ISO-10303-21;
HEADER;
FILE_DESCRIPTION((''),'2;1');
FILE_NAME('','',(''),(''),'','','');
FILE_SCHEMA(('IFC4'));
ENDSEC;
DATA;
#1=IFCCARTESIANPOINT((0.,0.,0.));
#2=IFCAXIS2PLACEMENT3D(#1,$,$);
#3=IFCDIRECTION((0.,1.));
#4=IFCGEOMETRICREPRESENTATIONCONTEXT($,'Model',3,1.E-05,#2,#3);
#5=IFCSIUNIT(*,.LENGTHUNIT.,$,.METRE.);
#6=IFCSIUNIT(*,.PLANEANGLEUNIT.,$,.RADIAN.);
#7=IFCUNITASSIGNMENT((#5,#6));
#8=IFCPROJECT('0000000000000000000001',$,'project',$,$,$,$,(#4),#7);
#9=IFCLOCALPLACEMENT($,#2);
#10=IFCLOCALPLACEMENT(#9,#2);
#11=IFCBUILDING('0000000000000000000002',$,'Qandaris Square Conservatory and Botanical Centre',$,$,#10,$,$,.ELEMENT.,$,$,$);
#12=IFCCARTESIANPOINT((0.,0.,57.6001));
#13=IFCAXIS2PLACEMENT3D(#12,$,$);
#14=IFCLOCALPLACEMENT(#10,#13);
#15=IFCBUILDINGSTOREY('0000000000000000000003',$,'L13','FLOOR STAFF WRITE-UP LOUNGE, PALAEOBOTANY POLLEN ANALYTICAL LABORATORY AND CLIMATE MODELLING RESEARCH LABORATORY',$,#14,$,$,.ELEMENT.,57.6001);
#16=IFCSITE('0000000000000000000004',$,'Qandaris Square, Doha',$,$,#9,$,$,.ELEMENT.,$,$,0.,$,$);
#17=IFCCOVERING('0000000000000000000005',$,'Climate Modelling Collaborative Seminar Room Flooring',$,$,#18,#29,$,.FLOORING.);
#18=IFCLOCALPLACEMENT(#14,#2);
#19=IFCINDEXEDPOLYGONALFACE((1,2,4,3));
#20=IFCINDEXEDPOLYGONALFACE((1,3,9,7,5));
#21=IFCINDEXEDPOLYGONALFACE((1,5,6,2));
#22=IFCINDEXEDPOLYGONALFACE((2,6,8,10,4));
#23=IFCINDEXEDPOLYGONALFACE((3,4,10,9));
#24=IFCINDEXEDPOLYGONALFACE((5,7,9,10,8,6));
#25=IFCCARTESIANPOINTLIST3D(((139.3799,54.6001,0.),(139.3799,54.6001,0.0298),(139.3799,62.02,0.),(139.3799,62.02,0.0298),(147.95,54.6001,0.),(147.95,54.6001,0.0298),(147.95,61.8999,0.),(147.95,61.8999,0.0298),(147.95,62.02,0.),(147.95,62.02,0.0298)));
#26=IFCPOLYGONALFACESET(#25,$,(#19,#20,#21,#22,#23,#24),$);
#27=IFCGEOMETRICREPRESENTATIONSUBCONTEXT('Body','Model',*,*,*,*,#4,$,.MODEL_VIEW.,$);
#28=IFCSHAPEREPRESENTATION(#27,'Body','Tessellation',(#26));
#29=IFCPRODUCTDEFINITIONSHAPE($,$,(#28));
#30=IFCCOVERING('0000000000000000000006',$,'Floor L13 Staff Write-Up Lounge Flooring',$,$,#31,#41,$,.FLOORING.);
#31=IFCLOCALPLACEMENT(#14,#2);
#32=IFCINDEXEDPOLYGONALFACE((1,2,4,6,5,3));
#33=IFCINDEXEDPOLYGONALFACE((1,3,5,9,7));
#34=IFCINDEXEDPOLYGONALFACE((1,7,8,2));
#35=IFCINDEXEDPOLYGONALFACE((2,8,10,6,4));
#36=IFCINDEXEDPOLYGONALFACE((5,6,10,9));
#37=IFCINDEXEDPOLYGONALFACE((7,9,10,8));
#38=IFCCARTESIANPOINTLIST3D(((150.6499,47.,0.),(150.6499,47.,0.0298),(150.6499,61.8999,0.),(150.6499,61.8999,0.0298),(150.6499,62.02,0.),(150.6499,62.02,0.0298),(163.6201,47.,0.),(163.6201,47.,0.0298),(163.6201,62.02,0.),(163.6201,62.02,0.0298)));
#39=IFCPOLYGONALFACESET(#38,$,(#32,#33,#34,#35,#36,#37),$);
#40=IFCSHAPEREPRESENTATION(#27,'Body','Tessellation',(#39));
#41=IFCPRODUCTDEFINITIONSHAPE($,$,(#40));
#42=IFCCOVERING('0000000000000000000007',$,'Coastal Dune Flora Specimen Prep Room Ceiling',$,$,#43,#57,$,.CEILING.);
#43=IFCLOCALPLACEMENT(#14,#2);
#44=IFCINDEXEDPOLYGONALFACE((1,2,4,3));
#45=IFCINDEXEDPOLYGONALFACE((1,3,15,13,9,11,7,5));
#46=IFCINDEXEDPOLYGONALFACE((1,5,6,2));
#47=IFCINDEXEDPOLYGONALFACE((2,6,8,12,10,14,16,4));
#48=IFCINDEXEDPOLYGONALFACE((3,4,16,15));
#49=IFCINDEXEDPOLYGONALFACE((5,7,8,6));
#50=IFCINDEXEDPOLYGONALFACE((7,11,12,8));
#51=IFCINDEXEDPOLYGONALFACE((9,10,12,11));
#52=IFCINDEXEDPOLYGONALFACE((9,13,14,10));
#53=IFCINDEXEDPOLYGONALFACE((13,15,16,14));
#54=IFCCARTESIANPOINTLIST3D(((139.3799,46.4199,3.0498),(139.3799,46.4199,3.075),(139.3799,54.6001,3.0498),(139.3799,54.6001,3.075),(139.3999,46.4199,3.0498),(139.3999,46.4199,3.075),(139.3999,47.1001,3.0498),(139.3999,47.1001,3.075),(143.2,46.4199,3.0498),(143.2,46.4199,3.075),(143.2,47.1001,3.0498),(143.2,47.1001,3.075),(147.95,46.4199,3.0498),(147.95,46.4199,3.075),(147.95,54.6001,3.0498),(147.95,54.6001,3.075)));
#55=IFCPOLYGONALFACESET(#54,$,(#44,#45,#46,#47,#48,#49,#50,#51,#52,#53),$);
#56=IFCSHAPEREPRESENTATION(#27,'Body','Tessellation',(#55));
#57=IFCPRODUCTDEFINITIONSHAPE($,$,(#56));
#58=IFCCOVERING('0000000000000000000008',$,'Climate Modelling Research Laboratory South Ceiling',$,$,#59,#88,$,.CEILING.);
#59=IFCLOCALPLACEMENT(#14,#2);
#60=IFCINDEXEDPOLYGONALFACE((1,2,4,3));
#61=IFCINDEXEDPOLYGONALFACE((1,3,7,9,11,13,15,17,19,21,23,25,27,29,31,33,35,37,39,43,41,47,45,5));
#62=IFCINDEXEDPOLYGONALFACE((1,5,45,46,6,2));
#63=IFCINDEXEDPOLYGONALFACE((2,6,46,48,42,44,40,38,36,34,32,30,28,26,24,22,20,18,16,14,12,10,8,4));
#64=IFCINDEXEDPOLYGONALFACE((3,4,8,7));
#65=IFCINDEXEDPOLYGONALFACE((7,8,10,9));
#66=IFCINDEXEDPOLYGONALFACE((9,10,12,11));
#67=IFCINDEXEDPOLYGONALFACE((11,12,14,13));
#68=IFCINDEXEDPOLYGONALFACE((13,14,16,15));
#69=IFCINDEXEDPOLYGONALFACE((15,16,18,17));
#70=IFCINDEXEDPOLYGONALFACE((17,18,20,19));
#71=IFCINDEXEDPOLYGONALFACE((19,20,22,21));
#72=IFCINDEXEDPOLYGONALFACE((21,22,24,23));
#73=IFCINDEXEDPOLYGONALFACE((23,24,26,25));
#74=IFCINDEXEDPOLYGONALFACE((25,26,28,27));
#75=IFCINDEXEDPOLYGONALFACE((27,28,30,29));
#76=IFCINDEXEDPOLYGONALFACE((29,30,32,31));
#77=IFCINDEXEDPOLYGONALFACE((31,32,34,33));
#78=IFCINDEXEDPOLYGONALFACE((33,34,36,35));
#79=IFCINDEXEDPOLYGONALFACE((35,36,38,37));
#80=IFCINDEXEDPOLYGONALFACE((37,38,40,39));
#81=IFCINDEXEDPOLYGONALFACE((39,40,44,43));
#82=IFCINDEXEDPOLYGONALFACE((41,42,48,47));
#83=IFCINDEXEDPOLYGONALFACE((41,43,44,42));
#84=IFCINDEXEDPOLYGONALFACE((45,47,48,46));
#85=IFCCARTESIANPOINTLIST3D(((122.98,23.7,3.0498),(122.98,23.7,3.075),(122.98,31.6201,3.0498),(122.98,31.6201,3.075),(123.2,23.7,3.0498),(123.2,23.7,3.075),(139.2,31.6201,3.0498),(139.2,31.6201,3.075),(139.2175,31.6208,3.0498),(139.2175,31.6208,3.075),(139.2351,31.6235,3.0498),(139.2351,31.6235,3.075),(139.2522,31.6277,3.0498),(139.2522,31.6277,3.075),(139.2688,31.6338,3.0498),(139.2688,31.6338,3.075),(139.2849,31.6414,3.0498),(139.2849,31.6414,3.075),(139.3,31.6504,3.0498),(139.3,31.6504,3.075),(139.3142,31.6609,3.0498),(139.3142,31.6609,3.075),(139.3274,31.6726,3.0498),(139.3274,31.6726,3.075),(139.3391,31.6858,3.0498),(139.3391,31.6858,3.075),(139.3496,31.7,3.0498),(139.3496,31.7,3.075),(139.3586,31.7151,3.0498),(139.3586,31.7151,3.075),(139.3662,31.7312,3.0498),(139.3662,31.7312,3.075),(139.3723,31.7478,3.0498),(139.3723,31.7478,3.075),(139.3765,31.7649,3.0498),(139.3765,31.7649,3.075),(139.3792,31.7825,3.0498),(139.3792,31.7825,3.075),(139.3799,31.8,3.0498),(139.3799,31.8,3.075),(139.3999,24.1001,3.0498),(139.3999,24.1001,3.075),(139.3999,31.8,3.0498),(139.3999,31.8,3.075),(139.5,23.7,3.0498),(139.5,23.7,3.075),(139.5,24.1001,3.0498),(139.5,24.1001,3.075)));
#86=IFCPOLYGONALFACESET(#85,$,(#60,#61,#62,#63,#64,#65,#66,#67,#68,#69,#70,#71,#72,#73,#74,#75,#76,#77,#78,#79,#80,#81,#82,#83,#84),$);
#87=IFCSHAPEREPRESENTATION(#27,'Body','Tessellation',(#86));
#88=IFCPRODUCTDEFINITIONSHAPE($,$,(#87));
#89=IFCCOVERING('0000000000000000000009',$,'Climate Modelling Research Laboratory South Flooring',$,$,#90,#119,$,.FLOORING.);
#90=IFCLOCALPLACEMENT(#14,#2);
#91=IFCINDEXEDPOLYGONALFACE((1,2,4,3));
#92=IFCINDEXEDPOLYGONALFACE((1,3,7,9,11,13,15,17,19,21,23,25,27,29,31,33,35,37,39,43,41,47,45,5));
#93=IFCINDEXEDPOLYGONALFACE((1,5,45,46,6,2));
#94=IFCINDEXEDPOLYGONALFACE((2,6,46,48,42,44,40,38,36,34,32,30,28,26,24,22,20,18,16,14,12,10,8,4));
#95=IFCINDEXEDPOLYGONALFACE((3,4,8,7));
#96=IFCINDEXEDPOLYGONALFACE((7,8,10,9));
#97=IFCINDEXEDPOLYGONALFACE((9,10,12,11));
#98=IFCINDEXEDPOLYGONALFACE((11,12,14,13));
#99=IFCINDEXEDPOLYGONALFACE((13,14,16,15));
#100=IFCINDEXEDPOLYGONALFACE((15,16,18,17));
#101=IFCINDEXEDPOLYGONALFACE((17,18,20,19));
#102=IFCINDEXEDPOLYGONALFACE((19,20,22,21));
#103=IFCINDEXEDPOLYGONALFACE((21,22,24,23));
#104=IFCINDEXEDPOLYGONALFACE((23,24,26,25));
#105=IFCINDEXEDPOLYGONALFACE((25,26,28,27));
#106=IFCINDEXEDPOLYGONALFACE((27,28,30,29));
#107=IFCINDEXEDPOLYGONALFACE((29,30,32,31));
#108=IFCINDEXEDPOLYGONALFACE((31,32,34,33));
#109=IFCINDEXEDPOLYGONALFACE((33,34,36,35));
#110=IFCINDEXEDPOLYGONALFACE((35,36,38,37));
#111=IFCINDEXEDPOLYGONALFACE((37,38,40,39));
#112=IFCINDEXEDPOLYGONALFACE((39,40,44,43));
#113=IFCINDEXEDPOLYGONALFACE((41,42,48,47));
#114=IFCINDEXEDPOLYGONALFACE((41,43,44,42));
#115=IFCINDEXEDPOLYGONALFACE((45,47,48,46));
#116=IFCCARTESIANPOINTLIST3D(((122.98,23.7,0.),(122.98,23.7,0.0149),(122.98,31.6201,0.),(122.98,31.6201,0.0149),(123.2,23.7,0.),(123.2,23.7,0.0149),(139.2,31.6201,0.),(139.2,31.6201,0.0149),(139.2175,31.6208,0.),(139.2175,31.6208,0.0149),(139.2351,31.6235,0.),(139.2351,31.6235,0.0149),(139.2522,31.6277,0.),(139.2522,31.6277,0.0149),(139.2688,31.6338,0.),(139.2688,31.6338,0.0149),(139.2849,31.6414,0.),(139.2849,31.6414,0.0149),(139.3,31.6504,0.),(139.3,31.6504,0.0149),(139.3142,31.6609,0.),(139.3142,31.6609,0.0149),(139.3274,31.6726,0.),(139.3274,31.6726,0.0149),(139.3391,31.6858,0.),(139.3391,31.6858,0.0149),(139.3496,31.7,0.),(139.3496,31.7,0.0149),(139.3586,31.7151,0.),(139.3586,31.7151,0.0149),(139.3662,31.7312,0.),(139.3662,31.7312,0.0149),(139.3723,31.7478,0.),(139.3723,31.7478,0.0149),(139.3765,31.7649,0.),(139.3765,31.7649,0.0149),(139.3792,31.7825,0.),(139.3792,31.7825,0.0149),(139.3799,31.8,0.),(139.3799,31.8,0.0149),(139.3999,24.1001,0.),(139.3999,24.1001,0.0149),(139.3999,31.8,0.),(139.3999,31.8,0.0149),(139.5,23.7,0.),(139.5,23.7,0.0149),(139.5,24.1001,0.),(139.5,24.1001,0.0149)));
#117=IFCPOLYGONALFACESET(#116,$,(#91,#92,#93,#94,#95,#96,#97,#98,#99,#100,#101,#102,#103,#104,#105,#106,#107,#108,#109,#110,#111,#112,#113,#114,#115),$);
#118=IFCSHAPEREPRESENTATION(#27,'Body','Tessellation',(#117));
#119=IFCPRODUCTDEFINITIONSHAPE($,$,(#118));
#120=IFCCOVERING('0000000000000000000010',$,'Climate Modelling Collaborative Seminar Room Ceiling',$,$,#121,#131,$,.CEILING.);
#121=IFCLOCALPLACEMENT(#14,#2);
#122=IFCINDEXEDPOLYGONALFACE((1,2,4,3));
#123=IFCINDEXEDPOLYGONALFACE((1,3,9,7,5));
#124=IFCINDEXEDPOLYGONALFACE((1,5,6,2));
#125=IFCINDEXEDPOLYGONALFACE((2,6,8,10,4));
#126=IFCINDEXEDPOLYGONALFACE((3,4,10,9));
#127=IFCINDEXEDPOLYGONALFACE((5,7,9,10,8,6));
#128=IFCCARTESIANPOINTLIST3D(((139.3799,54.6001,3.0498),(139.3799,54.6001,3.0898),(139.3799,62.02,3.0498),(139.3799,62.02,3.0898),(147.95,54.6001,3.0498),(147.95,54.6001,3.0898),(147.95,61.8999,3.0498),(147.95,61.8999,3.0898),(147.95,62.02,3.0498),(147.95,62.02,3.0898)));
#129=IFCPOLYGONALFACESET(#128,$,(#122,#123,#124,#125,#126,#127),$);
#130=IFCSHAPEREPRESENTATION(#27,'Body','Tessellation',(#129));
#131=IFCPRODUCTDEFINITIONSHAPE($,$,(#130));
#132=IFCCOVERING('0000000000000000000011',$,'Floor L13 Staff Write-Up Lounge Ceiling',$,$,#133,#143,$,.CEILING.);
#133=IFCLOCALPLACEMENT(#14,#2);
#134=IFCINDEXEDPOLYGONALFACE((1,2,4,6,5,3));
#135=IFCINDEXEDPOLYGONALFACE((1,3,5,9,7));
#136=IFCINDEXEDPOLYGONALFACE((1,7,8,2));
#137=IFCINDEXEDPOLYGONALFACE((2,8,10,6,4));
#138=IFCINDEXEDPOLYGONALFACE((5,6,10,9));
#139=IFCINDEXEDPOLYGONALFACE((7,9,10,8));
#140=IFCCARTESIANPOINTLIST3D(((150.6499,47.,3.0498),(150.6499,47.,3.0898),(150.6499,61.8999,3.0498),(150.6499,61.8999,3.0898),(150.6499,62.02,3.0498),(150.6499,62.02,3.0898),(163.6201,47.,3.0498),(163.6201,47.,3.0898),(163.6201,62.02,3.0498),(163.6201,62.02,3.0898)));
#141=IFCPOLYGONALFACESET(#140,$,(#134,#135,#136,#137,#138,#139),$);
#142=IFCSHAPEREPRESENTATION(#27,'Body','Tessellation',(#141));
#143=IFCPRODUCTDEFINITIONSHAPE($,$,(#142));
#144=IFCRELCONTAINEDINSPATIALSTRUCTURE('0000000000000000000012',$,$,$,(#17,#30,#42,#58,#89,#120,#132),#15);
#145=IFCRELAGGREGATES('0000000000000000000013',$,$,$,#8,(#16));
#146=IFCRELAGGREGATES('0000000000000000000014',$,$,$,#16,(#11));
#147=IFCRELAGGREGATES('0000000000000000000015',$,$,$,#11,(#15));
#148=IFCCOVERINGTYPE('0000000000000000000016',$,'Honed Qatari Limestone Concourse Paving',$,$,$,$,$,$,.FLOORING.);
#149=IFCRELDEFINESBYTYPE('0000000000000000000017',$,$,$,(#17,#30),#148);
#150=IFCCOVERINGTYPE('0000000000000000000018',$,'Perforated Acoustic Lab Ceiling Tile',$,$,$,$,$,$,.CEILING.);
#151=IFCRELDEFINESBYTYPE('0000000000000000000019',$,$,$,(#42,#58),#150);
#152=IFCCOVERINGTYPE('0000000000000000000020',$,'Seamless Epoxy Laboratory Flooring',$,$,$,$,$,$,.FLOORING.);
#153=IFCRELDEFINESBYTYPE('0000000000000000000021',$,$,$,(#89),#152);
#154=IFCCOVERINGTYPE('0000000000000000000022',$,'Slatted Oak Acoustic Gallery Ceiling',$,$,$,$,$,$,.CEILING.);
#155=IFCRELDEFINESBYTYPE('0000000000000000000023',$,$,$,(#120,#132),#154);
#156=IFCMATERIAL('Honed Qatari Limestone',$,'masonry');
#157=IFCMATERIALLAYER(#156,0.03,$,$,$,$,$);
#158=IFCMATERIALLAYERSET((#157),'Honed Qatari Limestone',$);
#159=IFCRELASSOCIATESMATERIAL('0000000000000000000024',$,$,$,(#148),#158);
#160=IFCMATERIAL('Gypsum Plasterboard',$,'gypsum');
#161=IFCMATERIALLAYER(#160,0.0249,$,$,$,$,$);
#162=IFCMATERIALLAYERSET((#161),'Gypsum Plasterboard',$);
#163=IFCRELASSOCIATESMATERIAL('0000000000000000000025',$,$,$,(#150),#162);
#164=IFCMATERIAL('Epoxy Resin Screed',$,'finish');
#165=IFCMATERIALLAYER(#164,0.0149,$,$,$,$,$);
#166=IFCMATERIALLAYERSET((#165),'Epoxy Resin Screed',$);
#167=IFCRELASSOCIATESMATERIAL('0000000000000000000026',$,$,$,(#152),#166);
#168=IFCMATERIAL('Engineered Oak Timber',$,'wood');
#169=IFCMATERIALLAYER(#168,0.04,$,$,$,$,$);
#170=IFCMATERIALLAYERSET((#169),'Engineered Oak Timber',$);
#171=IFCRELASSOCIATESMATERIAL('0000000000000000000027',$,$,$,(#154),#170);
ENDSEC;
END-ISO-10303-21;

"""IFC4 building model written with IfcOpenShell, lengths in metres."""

from ifc_helpers import new_model, si_unit, direction, frame, origin, place, context, subcontext, project, spatial, polyline, outline, extrude, material, layer, layer_set, type_object, element, save


model = new_model("IFC4")

# Units and contexts
model_context = context("Model", 3, precision=1e-05, world=origin(), true_north=direction((0.0, 1.0)))
body_context = subcontext(model_context, "Body", "Model", "MODEL_VIEW")
ifc_project = project(units=[si_unit("LENGTHUNIT", "METRE"), si_unit("PLANEANGLEUNIT", "RADIAN")], contexts=[model_context])

# Site, building, storey
site_placement = place(None, origin())
site = spatial("IfcSite", under=ifc_project, at=site_placement, Name="Qandaris Square, Doha", CompositionType="ELEMENT", RefElevation=0.0)
building_placement = place(site_placement, origin())
building = spatial("IfcBuilding", under=site, at=building_placement, Name="Qandaris Square Conservatory and Botanical Centre", CompositionType="ELEMENT")
storey_placement = place(building_placement, frame((0.0, 0.0, 57.6001)))
storey = spatial("IfcBuildingStorey", under=building, at=storey_placement, Name="L13", Description="FLOOR STAFF WRITE-UP LOUNGE, PALAEOBOTANY POLLEN ANALYTICAL LABORATORY AND CLIMATE MODELLING RESEARCH LABORATORY", CompositionType="ELEMENT", Elevation=57.6001)

# Shared definitions
ifc_material_1 = material(Name="Gypsum Plasterboard", Category="gypsum")
ifc_material_2 = material(Name="Engineered Oak Timber", Category="wood")

# Coverings
ifc_material_3 = material(Name="Honed Qatari Limestone", Category="masonry")
ifc_layer_1 = layer(ifc_material_3, 0.03)
ifc_layer_set_1 = layer_set([ifc_layer_1], Name="Honed Qatari Limestone")
covering_type_1 = type_object("IfcCoveringType", Name="Honed Qatari Limestone Concourse Paving", PredefinedType="FLOORING", material=ifc_layer_set_1)
covering_1_placement = place(storey_placement, origin())
element("IfcCovering", 1, at=covering_1_placement, inside=storey, type_object=covering_type_1, Name="Climate Modelling Collaborative Seminar Room Flooring", PredefinedType="FLOORING", context=body_context, shape_type="SweptSolid", body=[
    extrude(outline(polyline([(147.95, 61.8999), (147.95, 54.6001), (139.3799, 54.6001), (139.3799, 62.02), (147.95, 62.02), (147.95, 61.8999)])), origin(), (0.0, 0.0, 1.0), 0.0298),
])
covering_2_placement = place(storey_placement, origin())
element("IfcCovering", 2, at=covering_2_placement, inside=storey, type_object=covering_type_1, Name="Floor L13 Staff Write-Up Lounge Flooring", PredefinedType="FLOORING", context=body_context, shape_type="SweptSolid", body=[
    extrude(outline(polyline([(150.6499, 47.0), (150.6499, 61.8999), (150.6499, 62.02), (163.6201, 62.02), (163.6201, 47.0), (150.6499, 47.0)])), origin(), (0.0, 0.0, 1.0), 0.0298),
])
ifc_layer_2 = layer(ifc_material_1, 0.0249)
ifc_layer_set_2 = layer_set([ifc_layer_2], Name="Gypsum Plasterboard")
covering_type_2 = type_object("IfcCoveringType", Name="Perforated Acoustic Lab Ceiling Tile", PredefinedType="CEILING", material=ifc_layer_set_2)
covering_3_placement = place(storey_placement, frame((0.0, 0.0, 3.0498)))
element("IfcCovering", 3, at=covering_3_placement, inside=storey, type_object=covering_type_2, Name="Coastal Dune Flora Specimen Prep Room Ceiling", PredefinedType="CEILING", context=body_context, shape_type="SweptSolid", body=[
    extrude(outline(polyline([(147.95, 46.4199), (143.2, 46.4199), (143.2, 47.1001), (139.3999, 47.1001), (139.3999, 46.4199), (139.3799, 46.4199), (139.3799, 54.6001), (147.95, 54.6001), (147.95, 46.4199)])), origin(), (0.0, 0.0, 1.0), 0.0251),
])
covering_4_placement = place(storey_placement, frame((0.0, 0.0, 3.0498)))
element("IfcCovering", 4, at=covering_4_placement, inside=storey, type_object=covering_type_2, Name="Climate Modelling Research Laboratory South Ceiling", PredefinedType="CEILING", context=body_context, shape_type="SweptSolid", body=[
    extrude(outline(polyline([(139.2351, 31.6235), (139.2522, 31.6277), (139.2688, 31.6338), (139.2849, 31.6414), (139.3, 31.6504), (139.3142, 31.6609), (139.3274, 31.6726), (139.3391, 31.6858), (139.3496, 31.7), (139.3586, 31.7151), (139.3662, 31.7312), (139.3723, 31.7478), (139.3765, 31.7649), (139.3792, 31.7825), (139.3799, 31.8), (139.3999, 31.8), (139.3999, 24.1001), (139.5, 24.1001), (139.5, 23.7), (123.2, 23.7), (122.98, 23.7), (122.98, 31.6201), (139.2, 31.6201), (139.2175, 31.6208), (139.2351, 31.6235)])), origin(), (0.0, 0.0, 1.0), 0.0251),
])
ifc_material_4 = material(Name="Epoxy Resin Screed", Category="finish")
ifc_layer_3 = layer(ifc_material_4, 0.0149)
ifc_layer_set_3 = layer_set([ifc_layer_3], Name="Epoxy Resin Screed")
covering_type_3 = type_object("IfcCoveringType", Name="Seamless Epoxy Laboratory Flooring", PredefinedType="FLOORING", material=ifc_layer_set_3)
covering_5_placement = place(storey_placement, origin())
element("IfcCovering", 5, at=covering_5_placement, inside=storey, type_object=covering_type_3, Name="Climate Modelling Research Laboratory South Flooring", PredefinedType="FLOORING", context=body_context, shape_type="SweptSolid", body=[
    extrude(outline(polyline([(139.2351, 31.6235), (139.2522, 31.6277), (139.2688, 31.6338), (139.2849, 31.6414), (139.3, 31.6504), (139.3142, 31.6609), (139.3274, 31.6726), (139.3391, 31.6858), (139.3496, 31.7), (139.3586, 31.7151), (139.3662, 31.7312), (139.3723, 31.7478), (139.3765, 31.7649), (139.3792, 31.7825), (139.3799, 31.8), (139.3999, 31.8), (139.3999, 24.1001), (139.5, 24.1001), (139.5, 23.7), (123.2, 23.7), (122.98, 23.7), (122.98, 31.6201), (139.2, 31.6201), (139.2175, 31.6208), (139.2351, 31.6235)])), origin(), (0.0, 0.0, 1.0), 0.0149),
])
ifc_layer_4 = layer(ifc_material_2, 0.04)
ifc_layer_set_4 = layer_set([ifc_layer_4], Name="Engineered Oak Timber")
covering_type_4 = type_object("IfcCoveringType", Name="Slatted Oak Acoustic Gallery Ceiling", PredefinedType="CEILING", material=ifc_layer_set_4)
covering_6_placement = place(storey_placement, frame((0.0, 0.0, 3.0498)))
element("IfcCovering", 6, at=covering_6_placement, inside=storey, type_object=covering_type_4, Name="Climate Modelling Collaborative Seminar Room Ceiling", PredefinedType="CEILING", context=body_context, shape_type="SweptSolid", body=[
    extrude(outline(polyline([(147.95, 61.8999), (147.95, 54.6001), (139.3799, 54.6001), (139.3799, 62.02), (147.95, 62.02), (147.95, 61.8999)])), origin(), (0.0, 0.0, 1.0), 0.04),
])
covering_7_placement = place(storey_placement, frame((0.0, 0.0, 3.0498)))
element("IfcCovering", 7, at=covering_7_placement, inside=storey, type_object=covering_type_4, Name="Floor L13 Staff Write-Up Lounge Ceiling", PredefinedType="CEILING", context=body_context, shape_type="SweptSolid", body=[
    extrude(outline(polyline([(150.6499, 47.0), (150.6499, 61.8999), (150.6499, 62.02), (163.6201, 62.02), (163.6201, 47.0), (150.6499, 47.0)])), origin(), (0.0, 0.0, 1.0), 0.04),
])

save(model, "model.ifc")
